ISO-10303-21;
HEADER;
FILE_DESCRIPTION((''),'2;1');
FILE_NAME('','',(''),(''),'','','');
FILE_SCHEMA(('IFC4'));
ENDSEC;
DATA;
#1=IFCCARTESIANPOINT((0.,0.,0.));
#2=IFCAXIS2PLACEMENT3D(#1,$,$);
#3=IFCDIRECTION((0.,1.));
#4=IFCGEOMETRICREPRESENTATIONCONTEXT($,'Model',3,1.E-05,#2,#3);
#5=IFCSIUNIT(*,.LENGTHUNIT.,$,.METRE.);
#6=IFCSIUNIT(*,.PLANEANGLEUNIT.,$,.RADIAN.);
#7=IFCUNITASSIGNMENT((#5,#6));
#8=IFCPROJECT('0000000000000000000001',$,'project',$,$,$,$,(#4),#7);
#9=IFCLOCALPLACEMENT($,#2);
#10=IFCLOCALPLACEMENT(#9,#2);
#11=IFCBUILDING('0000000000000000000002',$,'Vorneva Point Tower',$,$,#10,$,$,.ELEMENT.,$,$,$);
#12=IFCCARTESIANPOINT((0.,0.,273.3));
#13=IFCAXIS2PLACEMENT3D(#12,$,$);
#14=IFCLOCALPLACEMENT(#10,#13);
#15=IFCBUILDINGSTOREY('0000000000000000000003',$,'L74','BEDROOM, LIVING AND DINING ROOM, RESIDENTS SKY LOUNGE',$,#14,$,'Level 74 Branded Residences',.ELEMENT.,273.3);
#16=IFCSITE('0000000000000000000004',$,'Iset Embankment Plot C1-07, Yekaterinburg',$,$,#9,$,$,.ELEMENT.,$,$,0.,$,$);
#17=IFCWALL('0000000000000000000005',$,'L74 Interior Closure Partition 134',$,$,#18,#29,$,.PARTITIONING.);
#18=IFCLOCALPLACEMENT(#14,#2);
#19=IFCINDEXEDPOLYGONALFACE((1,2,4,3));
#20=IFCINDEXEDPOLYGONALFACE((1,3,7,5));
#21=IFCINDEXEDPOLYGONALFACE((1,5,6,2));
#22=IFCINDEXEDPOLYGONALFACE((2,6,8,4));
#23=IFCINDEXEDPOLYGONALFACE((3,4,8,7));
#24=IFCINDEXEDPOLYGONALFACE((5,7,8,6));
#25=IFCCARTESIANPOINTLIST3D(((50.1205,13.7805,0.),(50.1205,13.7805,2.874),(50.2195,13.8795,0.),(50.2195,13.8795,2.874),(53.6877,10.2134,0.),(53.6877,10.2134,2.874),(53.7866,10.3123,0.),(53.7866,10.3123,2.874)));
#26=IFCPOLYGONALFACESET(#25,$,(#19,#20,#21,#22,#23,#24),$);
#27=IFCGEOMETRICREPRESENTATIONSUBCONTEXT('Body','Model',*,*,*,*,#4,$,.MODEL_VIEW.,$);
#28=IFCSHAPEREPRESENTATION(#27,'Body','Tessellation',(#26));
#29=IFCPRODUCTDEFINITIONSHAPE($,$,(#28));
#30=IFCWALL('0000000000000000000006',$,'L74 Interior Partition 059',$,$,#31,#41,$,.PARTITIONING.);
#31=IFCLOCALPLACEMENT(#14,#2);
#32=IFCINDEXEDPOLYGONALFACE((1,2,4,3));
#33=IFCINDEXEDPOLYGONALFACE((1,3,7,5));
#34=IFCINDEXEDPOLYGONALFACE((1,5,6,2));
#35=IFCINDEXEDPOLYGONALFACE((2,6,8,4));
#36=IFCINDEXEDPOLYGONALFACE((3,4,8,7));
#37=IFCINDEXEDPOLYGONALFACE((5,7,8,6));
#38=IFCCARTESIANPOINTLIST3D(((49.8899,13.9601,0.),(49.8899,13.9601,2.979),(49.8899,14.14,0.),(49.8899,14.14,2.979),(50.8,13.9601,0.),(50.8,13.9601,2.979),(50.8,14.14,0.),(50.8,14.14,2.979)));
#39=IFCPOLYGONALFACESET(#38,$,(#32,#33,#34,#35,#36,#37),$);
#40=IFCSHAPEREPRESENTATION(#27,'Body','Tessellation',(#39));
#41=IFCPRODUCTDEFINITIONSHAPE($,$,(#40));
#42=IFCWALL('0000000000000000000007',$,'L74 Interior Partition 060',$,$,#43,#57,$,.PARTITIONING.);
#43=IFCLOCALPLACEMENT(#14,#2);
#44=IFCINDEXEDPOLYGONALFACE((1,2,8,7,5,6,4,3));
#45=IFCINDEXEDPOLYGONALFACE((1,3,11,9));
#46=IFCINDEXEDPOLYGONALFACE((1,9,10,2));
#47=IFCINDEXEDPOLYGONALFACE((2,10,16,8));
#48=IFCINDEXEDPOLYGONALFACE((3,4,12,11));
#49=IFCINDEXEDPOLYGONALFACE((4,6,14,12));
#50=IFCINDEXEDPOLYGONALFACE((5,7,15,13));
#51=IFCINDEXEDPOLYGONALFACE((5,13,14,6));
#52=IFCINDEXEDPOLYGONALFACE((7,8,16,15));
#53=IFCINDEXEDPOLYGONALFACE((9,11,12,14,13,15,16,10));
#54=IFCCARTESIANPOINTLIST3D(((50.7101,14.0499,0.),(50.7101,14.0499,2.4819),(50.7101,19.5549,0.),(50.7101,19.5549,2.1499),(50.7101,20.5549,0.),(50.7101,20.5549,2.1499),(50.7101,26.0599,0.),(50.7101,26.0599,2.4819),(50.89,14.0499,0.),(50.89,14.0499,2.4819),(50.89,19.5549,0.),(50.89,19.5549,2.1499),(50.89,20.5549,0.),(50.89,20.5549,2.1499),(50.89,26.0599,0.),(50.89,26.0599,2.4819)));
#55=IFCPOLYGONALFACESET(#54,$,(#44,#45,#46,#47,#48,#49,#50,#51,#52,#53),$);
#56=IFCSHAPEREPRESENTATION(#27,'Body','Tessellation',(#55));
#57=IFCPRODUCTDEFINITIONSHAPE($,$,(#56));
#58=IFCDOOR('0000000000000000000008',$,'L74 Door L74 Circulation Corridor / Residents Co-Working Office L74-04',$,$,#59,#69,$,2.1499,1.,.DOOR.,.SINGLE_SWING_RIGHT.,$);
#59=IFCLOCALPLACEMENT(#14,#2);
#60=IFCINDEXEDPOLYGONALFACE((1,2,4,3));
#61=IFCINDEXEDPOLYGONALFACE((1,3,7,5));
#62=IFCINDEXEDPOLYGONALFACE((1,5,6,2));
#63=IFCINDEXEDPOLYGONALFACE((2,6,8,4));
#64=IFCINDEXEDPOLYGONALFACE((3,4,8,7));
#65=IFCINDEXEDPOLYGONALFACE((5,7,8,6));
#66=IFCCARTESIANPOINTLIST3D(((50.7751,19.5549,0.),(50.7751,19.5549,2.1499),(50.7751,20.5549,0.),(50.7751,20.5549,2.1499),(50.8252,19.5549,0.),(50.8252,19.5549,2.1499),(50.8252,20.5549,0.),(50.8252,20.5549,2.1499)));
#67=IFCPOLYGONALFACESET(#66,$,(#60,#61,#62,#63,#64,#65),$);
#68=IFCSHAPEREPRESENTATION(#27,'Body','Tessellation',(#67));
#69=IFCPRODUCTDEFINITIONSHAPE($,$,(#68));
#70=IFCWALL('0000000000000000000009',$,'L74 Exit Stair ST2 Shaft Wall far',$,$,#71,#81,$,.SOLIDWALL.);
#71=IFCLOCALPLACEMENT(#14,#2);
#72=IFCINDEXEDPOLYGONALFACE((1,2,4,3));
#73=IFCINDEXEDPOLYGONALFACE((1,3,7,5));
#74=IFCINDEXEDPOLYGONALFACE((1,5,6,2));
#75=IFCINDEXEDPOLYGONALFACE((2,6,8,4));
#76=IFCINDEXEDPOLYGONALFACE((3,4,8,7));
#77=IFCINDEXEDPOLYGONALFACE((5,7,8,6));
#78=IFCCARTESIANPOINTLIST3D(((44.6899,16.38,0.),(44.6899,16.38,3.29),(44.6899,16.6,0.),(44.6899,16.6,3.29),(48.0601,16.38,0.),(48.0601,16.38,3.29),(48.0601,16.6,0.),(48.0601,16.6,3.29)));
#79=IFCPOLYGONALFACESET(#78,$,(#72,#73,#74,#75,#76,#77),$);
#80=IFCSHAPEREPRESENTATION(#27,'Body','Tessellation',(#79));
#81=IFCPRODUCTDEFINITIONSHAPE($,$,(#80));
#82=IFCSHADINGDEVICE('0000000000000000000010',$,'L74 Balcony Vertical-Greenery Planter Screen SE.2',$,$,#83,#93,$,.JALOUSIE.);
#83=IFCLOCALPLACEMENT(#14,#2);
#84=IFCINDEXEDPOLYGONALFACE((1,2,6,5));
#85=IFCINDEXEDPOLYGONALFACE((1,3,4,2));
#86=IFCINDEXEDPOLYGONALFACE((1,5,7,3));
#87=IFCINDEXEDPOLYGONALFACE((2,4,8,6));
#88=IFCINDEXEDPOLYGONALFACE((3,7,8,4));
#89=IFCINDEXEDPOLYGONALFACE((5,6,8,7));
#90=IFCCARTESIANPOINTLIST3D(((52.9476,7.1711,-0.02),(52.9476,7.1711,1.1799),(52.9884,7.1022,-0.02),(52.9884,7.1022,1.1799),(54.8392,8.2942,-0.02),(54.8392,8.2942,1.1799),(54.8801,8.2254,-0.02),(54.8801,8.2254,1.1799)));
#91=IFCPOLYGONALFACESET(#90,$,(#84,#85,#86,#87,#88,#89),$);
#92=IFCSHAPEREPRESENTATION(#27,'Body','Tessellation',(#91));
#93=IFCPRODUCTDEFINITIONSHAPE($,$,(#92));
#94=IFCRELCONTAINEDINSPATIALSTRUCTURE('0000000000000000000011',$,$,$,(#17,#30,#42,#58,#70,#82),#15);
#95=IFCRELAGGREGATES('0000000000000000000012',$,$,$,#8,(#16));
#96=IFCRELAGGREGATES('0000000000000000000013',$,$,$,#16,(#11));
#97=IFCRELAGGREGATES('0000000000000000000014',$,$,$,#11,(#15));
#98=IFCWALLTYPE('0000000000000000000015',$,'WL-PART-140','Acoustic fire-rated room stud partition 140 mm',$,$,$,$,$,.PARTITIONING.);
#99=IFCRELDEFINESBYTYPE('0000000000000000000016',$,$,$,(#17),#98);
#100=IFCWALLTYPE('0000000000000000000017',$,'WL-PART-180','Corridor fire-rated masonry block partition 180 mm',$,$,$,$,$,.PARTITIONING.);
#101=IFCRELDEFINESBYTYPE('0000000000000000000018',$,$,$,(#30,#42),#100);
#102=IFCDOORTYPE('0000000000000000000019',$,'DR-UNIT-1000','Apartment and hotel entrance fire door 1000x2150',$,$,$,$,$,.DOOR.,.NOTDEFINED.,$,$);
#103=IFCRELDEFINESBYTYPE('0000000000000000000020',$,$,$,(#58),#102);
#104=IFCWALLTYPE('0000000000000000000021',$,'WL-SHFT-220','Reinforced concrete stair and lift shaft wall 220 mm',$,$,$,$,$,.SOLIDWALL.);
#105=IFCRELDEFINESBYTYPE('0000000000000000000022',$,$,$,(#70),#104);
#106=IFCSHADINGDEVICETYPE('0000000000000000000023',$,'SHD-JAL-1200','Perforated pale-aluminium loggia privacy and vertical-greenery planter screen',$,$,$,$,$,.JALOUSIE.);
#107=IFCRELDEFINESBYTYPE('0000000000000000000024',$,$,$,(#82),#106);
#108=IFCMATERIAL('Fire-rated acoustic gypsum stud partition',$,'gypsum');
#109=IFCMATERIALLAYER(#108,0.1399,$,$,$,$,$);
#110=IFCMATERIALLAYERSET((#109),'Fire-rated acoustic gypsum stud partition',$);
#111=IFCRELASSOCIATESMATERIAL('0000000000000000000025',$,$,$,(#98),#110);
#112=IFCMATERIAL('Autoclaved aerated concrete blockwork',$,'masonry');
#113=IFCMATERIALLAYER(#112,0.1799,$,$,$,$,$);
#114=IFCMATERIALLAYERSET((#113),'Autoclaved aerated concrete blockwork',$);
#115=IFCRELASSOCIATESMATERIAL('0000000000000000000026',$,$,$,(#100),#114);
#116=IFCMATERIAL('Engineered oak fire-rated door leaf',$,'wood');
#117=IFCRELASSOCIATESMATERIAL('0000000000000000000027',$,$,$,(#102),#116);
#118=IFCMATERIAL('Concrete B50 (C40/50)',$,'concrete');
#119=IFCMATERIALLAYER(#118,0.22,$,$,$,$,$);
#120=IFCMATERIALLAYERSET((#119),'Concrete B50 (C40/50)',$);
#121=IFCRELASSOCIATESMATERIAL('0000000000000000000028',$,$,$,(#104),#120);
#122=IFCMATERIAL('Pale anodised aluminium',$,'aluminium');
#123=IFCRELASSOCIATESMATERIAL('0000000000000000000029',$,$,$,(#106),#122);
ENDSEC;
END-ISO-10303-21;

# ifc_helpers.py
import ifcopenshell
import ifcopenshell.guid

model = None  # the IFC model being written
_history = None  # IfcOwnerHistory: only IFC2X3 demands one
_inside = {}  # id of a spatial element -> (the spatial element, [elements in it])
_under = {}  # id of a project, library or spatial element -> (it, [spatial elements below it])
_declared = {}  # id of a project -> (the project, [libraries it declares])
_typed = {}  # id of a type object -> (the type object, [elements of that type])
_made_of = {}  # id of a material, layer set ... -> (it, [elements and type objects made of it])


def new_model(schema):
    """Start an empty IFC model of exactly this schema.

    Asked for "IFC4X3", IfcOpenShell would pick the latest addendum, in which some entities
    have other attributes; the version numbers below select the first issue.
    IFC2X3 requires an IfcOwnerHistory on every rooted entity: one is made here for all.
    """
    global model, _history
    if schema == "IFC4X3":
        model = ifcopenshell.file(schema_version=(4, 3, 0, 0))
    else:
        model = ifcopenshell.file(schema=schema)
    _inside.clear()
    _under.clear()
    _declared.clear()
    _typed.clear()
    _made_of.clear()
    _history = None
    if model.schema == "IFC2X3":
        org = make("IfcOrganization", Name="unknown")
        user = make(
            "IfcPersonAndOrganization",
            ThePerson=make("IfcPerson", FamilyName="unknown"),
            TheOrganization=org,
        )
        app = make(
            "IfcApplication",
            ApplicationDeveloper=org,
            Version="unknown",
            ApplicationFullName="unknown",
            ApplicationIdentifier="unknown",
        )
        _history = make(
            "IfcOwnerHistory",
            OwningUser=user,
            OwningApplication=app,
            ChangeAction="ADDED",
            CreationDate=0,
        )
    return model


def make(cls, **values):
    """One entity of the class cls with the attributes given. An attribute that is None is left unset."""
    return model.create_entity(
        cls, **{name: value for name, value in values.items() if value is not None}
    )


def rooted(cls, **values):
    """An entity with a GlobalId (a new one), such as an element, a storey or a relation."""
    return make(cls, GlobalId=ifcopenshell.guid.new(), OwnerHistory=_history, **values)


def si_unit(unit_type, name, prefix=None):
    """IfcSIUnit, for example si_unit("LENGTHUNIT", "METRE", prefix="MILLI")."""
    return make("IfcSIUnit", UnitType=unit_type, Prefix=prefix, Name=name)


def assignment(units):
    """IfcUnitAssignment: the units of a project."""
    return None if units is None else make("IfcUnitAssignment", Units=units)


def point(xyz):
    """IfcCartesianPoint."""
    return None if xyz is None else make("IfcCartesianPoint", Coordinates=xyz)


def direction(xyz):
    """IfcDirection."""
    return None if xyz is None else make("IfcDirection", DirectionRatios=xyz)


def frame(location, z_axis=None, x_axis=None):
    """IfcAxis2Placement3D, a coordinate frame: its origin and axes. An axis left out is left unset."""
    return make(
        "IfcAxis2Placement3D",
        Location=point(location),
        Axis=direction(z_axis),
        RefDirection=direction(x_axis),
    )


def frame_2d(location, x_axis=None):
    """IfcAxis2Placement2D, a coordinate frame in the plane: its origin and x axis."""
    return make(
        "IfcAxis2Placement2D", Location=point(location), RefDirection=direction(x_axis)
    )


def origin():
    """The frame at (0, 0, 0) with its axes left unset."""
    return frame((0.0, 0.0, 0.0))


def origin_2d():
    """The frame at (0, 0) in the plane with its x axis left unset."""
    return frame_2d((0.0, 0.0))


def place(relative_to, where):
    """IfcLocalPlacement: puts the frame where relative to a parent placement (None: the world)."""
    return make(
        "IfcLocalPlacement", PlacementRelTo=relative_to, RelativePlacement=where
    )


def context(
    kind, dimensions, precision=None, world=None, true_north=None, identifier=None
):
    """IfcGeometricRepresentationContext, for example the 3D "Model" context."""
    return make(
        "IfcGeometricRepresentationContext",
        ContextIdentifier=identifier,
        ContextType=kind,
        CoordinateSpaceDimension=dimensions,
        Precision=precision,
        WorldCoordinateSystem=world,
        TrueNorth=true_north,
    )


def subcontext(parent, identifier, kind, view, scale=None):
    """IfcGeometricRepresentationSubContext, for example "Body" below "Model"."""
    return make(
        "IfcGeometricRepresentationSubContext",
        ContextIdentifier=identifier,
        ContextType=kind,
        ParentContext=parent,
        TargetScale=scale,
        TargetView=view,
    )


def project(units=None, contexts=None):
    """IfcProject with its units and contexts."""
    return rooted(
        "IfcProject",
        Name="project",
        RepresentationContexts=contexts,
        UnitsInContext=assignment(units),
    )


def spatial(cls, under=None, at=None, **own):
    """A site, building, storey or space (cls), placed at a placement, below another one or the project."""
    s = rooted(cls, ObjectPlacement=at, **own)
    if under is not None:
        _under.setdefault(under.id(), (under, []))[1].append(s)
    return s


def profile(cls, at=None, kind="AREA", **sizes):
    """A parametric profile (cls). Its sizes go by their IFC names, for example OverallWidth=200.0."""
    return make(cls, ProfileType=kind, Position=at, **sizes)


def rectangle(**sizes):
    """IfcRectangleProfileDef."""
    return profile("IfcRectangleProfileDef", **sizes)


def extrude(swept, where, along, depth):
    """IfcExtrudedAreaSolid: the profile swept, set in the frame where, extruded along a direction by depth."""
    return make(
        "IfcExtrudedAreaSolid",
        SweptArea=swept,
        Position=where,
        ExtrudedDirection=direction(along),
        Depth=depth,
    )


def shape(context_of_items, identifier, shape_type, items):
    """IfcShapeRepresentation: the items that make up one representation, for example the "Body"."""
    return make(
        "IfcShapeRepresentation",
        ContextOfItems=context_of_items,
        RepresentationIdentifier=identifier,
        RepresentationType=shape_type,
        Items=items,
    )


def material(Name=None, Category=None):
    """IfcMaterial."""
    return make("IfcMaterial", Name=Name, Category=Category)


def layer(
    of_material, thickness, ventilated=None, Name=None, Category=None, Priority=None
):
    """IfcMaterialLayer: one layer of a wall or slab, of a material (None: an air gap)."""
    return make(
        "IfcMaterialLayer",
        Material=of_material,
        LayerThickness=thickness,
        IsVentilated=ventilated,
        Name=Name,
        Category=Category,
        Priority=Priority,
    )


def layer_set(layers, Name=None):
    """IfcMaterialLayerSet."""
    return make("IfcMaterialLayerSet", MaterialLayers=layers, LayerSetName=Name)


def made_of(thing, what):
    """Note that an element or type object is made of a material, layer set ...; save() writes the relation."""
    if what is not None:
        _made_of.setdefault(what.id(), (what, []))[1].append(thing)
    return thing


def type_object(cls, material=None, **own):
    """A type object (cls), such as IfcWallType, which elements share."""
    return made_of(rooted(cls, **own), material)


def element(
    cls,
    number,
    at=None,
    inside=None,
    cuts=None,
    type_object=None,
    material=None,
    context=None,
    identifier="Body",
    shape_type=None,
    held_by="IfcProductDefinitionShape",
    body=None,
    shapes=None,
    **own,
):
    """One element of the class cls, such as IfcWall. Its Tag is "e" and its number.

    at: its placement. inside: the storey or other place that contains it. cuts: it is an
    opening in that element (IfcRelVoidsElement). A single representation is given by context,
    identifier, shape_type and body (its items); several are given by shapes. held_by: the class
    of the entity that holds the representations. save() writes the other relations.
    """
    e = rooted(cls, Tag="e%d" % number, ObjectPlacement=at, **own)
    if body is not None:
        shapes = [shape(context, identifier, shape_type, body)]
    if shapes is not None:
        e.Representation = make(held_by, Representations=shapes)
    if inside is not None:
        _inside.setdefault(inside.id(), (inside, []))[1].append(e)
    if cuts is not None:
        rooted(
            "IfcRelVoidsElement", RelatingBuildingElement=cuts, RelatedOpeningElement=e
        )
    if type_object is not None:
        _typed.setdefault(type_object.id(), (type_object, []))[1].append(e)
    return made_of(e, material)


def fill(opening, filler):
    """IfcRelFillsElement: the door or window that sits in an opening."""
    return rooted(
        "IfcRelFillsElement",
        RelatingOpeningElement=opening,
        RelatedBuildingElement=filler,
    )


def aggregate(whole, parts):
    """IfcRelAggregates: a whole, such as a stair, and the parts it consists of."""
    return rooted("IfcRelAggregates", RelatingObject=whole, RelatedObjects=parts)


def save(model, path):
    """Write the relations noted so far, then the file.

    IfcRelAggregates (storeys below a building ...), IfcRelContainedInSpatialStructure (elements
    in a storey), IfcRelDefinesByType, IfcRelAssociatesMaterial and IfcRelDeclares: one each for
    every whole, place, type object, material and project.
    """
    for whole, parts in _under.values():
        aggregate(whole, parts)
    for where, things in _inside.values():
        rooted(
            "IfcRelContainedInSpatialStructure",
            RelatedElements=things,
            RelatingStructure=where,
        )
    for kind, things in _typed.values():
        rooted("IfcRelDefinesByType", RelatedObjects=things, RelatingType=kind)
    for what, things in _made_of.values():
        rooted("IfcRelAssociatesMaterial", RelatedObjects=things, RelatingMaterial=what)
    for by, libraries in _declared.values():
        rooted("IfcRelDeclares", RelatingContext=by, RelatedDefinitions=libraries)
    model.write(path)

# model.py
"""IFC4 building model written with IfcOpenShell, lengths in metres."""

from ifc_helpers import new_model, si_unit, direction, frame, frame_2d, origin, origin_2d, place, context, subcontext, project, spatial, rectangle, extrude, material, layer, layer_set, type_object, element, fill, save


model = new_model("IFC4")

# Units and contexts
model_context = context("Model", 3, precision=1e-05, world=origin(), true_north=direction((0.0, 1.0)))
body_context = subcontext(model_context, "Body", "Model", "MODEL_VIEW")
ifc_project = project(units=[si_unit("LENGTHUNIT", "METRE"), si_unit("PLANEANGLEUNIT", "RADIAN")], contexts=[model_context])

# Site, building, storey
site_placement = place(None, origin())
site = spatial("IfcSite", under=ifc_project, at=site_placement, Name="Iset Embankment Plot C1-07, Yekaterinburg", CompositionType="ELEMENT", RefElevation=0.0)
building_placement = place(site_placement, origin())
building = spatial("IfcBuilding", under=site, at=building_placement, Name="Vorneva Point Tower", CompositionType="ELEMENT")
storey_placement = place(building_placement, frame((0.0, 0.0, 273.3)))
storey = spatial("IfcBuildingStorey", under=building, at=storey_placement, Name="L74", Description="BEDROOM, LIVING AND DINING ROOM, RESIDENTS SKY LOUNGE", LongName="Level 74 Branded Residences", CompositionType="ELEMENT", Elevation=273.3)

# Shared definitions
ifc_material_1 = material(Name="Concrete B50 (C40/50)", Category="concrete")

# Shared definitions
ifc_material_2 = material(Name="Pale anodised aluminium", Category="aluminium")

# Walls
ifc_material_3 = material(Name="Fire-rated acoustic gypsum stud partition", Category="gypsum")
ifc_layer_1 = layer(ifc_material_3, 0.1399)
ifc_layer_set_1 = layer_set([ifc_layer_1], Name="Fire-rated acoustic gypsum stud partition")
wall_type_1 = type_object("IfcWallType", Name="WL-PART-140", Description="Acoustic fire-rated room stud partition 140 mm", PredefinedType="PARTITIONING", material=ifc_layer_set_1)
wall_1_placement = place(storey_placement, frame((50.1699, 13.8301, 0.0), z_axis=(0.0, 0.0, 1.0), x_axis=(0.707107, -0.707107, 0.0)))
element("IfcWall", 1, at=wall_1_placement, inside=storey, type_object=wall_type_1, Name="L74 Interior Closure Partition 134", PredefinedType="PARTITIONING", context=body_context, shape_type="SweptSolid", body=[
    extrude(rectangle(XDim=5.0447, YDim=0.1399, at=frame_2d((2.5225, 0.0))), origin(), (0.0, 0.0, 1.0), 2.874),
])
ifc_material_4 = material(Name="Autoclaved aerated concrete blockwork", Category="masonry")
ifc_layer_2 = layer(ifc_material_4, 0.1799)
ifc_layer_set_2 = layer_set([ifc_layer_2], Name="Autoclaved aerated concrete blockwork")
wall_type_2 = type_object("IfcWallType", Name="WL-PART-180", Description="Corridor fire-rated masonry block partition 180 mm", PredefinedType="PARTITIONING", material=ifc_layer_set_2)
wall_2_placement = place(storey_placement, frame((49.8899, 14.05, 0.0), z_axis=(0.0, 0.0, 1.0), x_axis=(1.0, 0.0, 0.0)))
element("IfcWall", 2, at=wall_2_placement, inside=storey, type_object=wall_type_2, Name="L74 Interior Partition 059", PredefinedType="PARTITIONING", context=body_context, shape_type="SweptSolid", body=[
    extrude(rectangle(XDim=0.9102, YDim=0.1799, at=frame_2d((0.4551, 0.0))), origin(), (0.0, 0.0, 1.0), 2.979),
])

# Wall, opening, door
wall_3_placement = place(storey_placement, frame((50.8, 14.05, 0.0), z_axis=(0.0, 0.0, 1.0), x_axis=(0.0, 1.0, 0.0)))
wall_3 = element("IfcWall", 3, at=wall_3_placement, inside=storey, type_object=wall_type_2, Name="L74 Interior Partition 060", PredefinedType="PARTITIONING", context=body_context, shape_type="SweptSolid", body=[
    extrude(rectangle(XDim=12.01, YDim=0.1799, at=frame_2d((6.0049, 0.0))), origin(), (0.0, 0.0, 1.0), 2.4819),
])
opening_1_placement = place(wall_3_placement, frame((5.5049, 0.0, 0.0)))
opening_1 = element("IfcOpeningElement", 4, at=opening_1_placement, cuts=wall_3, PredefinedType="OPENING", context=body_context, shape_type="SweptSolid", body=[
    extrude(rectangle(XDim=1.0, YDim=2.1499, at=frame_2d((0.5, 1.075))), frame((0.0, 0.105, 0.0), z_axis=(0.0, -1.0, 0.0), x_axis=(1.0, 0.0, 0.0)), (0.0, 0.0, 1.0), 0.2097),
])
ifc_material_5 = material(Name="Engineered oak fire-rated door leaf", Category="wood")
door_type_1 = type_object("IfcDoorType", Name="DR-UNIT-1000", Description="Apartment and hotel entrance fire door 1000x2150", OperationType="NOTDEFINED", PredefinedType="DOOR", material=ifc_material_5)
door_1_placement = place(opening_1_placement, origin())
door_1 = element("IfcDoor", 5, at=door_1_placement, inside=storey, type_object=door_type_1, Name="L74 Door L74 Circulation Corridor / Residents Co-Working Office L74-04", OperationType="SINGLE_SWING_RIGHT", OverallHeight=2.1499, OverallWidth=1.0, PredefinedType="DOOR", context=body_context, shape_type="SweptSolid", body=[
    extrude(rectangle(XDim=1.0, YDim=2.1499, at=frame_2d((0.5, 1.075))), frame((0.0, 0.0249, 0.0), z_axis=(0.0, -1.0, 0.0), x_axis=(1.0, 0.0, 0.0)), (0.0, 0.0, 1.0), 0.05),
])
fill(opening_1, door_1)

# Wall
ifc_layer_3 = layer(ifc_material_1, 0.22)
ifc_layer_set_3 = layer_set([ifc_layer_3], Name="Concrete B50 (C40/50)")
wall_type_3 = type_object("IfcWallType", Name="WL-SHFT-220", Description="Reinforced concrete stair and lift shaft wall 220 mm", PredefinedType="SOLIDWALL", material=ifc_layer_set_3)
wall_4_placement = place(storey_placement, frame((48.0601, 16.49, 0.0), z_axis=(0.0, 0.0, 1.0), x_axis=(-1.0, 0.0, 0.0)))
element("IfcWall", 6, at=wall_4_placement, inside=storey, type_object=wall_type_3, Name="L74 Exit Stair ST2 Shaft Wall far", PredefinedType="SOLIDWALL", context=body_context, shape_type="SweptSolid", body=[
    extrude(rectangle(XDim=3.3701, YDim=0.22, at=frame_2d((1.6851, 0.0))), origin(), (0.0, 0.0, 1.0), 3.29),
])

# Shading device
shading_device_type = type_object("IfcShadingDeviceType", Name="SHD-JAL-1200", Description="Perforated pale-aluminium loggia privacy and vertical-greenery planter screen", PredefinedType="JALOUSIE", material=ifc_material_2)
shading_device_placement = place(storey_placement, frame((53.9138, 7.6982, -0.02), z_axis=(0.0, 0.0, 1.0), x_axis=(0.859861, 0.510528, 0.0)))
element("IfcShadingDevice", 7, at=shading_device_placement, inside=storey, type_object=shading_device_type, Name="L74 Balcony Vertical-Greenery Planter Screen SE.2", PredefinedType="JALOUSIE", context=body_context, shape_type="SweptSolid", body=[
    extrude(rectangle(XDim=2.2, YDim=0.0801, at=origin_2d()), origin(), (0.0, 0.0, 1.0), 1.2),
])

save(model, "model.ifc")
